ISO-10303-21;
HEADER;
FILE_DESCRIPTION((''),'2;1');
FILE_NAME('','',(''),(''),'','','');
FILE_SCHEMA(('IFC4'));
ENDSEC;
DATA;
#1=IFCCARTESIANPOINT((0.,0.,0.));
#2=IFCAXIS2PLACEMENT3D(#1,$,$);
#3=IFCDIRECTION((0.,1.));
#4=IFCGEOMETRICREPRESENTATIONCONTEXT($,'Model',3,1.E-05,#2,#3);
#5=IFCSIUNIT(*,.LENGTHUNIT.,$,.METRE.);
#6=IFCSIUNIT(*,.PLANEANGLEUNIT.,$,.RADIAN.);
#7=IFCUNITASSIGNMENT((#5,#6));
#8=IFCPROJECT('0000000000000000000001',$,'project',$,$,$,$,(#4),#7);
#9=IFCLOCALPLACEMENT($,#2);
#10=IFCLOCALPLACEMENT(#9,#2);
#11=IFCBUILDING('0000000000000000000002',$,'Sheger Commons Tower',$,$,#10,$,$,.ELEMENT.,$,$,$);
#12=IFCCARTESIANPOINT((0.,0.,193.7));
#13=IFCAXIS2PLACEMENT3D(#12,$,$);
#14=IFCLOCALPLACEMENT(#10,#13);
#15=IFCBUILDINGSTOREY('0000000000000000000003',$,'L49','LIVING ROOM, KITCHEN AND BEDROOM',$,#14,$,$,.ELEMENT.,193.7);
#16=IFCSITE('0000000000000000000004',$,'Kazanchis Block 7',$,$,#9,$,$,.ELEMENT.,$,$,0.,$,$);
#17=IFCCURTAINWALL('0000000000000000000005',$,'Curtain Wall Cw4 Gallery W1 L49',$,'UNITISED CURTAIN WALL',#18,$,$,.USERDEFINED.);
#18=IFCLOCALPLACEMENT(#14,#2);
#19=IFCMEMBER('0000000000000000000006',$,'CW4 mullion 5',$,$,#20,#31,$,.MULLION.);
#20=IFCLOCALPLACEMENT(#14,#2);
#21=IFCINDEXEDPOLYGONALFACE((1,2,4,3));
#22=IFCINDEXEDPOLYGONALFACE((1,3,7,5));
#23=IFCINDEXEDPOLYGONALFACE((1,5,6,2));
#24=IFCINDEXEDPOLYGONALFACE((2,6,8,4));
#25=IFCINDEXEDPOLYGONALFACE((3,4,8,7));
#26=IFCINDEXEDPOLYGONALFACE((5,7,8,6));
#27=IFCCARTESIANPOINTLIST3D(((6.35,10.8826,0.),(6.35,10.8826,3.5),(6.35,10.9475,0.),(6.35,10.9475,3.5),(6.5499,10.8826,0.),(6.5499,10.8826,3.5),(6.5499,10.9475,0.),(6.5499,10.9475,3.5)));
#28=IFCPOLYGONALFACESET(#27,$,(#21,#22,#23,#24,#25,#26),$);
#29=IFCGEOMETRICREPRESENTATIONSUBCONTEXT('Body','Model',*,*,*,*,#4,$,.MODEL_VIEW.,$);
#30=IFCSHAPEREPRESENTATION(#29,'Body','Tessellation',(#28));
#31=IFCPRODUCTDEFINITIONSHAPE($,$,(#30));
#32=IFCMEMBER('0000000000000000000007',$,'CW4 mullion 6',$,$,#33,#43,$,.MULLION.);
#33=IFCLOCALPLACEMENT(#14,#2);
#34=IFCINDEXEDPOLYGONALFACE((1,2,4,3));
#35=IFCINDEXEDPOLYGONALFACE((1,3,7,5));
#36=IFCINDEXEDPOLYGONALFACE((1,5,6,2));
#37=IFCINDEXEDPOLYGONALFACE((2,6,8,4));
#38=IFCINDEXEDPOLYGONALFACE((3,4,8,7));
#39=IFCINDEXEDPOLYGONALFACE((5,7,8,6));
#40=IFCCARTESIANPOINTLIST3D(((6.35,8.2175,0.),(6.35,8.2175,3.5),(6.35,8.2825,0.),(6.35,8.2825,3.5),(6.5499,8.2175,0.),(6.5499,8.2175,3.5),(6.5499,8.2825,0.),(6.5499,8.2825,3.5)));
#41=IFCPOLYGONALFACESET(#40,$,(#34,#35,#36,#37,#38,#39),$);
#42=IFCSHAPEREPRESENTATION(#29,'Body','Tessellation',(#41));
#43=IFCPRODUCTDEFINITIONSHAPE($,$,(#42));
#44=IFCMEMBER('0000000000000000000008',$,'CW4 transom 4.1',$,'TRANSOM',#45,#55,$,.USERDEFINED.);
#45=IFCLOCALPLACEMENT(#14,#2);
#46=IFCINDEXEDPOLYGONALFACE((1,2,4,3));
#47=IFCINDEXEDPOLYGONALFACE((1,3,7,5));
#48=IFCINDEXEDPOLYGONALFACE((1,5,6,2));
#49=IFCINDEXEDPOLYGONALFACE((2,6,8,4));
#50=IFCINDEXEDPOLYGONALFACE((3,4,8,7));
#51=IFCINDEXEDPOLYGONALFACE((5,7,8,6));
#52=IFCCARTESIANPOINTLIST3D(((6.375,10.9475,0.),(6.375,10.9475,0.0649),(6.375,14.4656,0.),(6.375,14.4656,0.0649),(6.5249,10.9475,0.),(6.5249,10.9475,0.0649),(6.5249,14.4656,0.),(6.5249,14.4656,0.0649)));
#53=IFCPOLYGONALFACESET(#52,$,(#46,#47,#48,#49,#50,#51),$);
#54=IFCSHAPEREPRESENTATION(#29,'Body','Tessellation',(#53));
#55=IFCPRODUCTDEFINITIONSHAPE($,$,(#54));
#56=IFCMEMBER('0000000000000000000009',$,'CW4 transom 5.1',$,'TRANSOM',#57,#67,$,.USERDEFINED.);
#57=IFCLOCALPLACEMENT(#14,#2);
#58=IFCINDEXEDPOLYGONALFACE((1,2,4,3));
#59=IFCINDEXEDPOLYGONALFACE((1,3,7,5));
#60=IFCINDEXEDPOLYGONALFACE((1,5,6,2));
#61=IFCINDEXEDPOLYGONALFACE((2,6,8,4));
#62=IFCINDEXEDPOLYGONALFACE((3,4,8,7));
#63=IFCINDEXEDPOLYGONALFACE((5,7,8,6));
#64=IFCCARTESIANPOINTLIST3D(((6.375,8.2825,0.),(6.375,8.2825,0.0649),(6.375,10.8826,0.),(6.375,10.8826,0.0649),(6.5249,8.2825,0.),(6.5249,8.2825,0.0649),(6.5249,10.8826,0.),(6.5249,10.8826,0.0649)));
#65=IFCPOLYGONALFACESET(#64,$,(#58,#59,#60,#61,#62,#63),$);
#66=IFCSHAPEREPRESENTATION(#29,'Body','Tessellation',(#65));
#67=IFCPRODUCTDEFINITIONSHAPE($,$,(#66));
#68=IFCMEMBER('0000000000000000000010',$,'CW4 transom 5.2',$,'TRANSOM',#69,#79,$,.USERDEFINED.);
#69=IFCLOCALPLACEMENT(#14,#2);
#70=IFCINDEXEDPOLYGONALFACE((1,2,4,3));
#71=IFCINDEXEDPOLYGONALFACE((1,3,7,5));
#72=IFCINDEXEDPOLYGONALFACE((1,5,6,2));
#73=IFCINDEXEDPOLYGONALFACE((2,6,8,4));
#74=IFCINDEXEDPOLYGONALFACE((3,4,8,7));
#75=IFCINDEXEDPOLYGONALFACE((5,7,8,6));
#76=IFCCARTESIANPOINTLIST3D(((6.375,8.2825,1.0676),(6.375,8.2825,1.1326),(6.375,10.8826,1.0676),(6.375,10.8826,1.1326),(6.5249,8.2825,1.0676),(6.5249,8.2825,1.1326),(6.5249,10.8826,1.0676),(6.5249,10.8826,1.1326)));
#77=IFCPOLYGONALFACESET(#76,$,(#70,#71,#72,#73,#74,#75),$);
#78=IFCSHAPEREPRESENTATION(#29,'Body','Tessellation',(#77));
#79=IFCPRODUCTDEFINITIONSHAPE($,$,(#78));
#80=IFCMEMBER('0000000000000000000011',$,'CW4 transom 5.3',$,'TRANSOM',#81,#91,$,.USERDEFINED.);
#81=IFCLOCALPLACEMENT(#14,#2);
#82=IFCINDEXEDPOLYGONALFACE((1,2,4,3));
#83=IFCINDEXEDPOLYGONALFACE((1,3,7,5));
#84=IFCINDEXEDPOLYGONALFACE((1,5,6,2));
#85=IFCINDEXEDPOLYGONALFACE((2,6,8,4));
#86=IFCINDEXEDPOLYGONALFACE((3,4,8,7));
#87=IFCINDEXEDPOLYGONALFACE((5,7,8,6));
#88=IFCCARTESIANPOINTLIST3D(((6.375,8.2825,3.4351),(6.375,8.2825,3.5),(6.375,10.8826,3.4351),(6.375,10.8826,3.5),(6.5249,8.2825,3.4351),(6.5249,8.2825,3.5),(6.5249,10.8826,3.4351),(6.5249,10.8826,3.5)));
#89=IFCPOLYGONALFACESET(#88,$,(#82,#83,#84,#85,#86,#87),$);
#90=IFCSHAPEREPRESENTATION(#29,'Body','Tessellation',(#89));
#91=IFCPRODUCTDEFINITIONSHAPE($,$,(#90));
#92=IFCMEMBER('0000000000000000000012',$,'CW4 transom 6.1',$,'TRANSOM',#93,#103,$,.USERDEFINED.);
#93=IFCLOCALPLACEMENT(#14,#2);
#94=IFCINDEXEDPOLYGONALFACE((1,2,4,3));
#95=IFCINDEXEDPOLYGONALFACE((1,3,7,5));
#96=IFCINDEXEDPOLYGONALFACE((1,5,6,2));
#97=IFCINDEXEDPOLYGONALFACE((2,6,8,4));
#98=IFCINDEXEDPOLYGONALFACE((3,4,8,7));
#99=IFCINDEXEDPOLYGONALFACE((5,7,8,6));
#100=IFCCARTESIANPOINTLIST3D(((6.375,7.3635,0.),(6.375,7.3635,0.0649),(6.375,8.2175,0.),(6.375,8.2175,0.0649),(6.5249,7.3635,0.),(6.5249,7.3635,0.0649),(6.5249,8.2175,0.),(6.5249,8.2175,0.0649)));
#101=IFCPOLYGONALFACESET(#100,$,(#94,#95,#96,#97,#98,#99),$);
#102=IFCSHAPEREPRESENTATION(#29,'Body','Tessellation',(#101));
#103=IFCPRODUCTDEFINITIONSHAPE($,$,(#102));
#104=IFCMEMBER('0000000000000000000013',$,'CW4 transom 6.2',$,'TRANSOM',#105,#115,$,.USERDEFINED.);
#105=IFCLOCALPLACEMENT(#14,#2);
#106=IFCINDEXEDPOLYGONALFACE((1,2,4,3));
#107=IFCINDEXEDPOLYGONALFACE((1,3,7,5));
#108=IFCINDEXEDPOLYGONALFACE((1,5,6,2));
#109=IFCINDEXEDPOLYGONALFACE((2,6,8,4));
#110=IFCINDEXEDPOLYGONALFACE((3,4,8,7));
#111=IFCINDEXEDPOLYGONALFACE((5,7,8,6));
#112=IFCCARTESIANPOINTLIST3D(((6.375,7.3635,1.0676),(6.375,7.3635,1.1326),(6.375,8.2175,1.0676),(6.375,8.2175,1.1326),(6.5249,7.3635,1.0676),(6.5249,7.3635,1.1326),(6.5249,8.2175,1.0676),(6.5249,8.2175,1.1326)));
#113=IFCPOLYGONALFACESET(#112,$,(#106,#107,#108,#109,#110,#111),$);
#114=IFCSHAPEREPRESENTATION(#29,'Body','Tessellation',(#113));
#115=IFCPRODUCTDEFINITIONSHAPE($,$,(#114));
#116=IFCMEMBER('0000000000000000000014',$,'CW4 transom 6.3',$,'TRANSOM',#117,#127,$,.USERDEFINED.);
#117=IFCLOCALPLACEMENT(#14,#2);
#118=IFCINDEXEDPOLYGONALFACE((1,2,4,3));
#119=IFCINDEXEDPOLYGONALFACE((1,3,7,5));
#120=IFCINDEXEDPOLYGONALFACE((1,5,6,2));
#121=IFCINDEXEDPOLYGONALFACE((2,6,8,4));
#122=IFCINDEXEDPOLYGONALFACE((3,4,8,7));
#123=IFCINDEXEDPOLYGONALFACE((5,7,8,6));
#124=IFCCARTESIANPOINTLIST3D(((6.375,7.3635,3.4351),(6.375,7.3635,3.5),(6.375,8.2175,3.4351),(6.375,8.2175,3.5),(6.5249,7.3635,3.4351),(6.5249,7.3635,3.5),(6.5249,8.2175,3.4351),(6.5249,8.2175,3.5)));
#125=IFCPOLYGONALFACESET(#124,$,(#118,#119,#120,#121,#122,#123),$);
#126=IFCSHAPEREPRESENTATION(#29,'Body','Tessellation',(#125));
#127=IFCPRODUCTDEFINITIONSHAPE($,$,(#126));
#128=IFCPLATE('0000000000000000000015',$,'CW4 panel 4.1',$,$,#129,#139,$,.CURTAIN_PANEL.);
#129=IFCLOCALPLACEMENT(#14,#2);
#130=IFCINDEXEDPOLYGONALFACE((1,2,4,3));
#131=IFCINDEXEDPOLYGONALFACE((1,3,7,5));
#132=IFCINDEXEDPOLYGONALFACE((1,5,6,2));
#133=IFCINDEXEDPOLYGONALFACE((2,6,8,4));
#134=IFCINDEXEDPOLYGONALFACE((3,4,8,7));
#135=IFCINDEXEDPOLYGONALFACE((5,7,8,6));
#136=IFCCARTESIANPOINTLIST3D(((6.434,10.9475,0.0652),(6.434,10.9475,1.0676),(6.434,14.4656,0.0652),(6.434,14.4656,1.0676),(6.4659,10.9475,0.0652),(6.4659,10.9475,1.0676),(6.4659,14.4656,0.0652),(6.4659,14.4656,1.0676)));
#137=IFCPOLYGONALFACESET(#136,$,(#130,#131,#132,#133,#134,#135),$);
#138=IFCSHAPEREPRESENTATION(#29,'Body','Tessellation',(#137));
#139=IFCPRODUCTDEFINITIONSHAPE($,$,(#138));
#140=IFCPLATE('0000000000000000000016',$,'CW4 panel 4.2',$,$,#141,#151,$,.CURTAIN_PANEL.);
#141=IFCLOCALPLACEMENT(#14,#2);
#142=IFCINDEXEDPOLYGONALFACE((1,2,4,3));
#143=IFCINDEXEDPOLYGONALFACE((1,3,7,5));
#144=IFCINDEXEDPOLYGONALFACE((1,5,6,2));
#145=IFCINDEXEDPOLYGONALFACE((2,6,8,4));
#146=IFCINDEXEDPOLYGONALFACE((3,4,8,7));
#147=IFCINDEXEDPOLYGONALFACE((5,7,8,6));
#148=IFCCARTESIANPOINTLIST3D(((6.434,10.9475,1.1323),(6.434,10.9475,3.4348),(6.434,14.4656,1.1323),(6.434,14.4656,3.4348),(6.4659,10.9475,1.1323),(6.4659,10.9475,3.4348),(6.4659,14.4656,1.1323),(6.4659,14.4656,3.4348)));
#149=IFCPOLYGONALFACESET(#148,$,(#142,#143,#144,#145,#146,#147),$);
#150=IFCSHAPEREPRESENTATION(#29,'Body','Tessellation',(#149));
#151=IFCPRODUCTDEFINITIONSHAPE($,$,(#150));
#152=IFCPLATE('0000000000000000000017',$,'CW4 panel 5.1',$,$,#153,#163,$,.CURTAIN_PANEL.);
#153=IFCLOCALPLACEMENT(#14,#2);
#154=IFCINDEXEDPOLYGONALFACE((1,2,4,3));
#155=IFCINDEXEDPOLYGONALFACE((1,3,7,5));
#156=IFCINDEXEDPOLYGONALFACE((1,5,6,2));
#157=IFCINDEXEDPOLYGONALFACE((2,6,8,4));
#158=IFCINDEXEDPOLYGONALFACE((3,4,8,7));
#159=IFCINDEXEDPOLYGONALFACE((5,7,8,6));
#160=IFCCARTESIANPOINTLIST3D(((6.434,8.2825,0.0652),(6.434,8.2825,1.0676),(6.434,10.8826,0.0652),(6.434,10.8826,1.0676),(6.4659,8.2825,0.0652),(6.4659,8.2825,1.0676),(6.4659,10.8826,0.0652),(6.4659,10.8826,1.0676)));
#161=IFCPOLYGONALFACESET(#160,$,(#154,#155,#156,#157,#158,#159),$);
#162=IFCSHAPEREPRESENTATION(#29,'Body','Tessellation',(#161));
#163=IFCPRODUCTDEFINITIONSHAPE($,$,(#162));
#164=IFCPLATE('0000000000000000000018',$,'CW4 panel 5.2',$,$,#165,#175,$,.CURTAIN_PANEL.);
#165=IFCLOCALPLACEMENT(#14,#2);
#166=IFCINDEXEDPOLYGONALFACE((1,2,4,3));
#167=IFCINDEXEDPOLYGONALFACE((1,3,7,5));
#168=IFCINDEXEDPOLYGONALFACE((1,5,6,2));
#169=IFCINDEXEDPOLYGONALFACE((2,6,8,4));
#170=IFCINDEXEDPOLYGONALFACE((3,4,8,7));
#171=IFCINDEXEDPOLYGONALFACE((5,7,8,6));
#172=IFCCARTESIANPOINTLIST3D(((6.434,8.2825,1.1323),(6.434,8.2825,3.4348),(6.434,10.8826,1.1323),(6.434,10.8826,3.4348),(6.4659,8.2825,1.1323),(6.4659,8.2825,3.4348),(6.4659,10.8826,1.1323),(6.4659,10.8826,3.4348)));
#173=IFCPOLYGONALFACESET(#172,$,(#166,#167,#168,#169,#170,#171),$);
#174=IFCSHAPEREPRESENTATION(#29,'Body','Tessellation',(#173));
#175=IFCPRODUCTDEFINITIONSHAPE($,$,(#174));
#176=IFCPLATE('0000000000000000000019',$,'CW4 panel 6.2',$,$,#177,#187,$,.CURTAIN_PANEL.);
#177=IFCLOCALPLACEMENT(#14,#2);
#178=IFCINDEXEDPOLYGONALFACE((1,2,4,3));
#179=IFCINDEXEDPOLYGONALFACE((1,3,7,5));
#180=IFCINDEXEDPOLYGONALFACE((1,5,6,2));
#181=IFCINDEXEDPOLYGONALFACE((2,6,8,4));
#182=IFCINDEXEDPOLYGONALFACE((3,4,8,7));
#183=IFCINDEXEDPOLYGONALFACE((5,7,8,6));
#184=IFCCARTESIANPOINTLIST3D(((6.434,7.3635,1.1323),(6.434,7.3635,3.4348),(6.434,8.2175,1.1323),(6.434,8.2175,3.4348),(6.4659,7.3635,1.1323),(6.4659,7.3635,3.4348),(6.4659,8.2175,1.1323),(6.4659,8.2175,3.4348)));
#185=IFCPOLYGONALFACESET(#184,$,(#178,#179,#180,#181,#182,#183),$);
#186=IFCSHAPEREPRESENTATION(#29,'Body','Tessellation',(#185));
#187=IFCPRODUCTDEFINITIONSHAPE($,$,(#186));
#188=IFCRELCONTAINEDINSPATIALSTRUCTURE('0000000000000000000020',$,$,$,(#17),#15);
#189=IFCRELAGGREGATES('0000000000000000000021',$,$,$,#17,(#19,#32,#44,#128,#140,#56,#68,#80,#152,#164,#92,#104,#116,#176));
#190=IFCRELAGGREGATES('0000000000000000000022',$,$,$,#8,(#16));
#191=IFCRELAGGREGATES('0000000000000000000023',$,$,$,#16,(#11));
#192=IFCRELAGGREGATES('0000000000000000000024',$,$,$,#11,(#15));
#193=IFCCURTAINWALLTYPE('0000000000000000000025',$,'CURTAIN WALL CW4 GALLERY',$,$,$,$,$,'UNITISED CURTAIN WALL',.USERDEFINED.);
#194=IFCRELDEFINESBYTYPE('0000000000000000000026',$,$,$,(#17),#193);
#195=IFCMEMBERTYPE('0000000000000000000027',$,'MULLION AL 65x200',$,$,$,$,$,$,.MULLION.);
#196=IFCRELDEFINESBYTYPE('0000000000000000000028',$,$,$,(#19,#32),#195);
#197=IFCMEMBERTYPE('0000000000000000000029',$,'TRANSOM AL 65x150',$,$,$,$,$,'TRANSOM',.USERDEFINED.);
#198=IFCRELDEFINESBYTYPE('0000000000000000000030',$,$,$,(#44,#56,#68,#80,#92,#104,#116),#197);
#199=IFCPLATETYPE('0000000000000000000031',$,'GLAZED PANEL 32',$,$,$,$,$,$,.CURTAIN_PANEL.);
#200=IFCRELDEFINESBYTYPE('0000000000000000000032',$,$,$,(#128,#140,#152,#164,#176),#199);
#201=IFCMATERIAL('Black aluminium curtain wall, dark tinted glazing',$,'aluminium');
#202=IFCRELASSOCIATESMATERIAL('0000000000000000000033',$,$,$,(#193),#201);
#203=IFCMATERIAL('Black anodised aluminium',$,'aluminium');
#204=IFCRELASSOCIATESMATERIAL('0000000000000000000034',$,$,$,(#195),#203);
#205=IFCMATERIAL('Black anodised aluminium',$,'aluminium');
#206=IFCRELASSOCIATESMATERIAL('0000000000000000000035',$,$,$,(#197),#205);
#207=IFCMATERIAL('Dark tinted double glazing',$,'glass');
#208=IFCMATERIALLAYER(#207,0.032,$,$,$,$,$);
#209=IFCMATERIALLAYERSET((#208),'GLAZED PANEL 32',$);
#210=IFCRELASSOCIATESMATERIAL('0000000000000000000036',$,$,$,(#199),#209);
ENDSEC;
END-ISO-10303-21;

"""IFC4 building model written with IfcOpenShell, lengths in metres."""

from ifc_helpers import new_model, si_unit, direction, frame, origin, origin_2d, place, context, subcontext, project, spatial, rectangle, extrude, material, layer, layer_set, material_profile, profile_set, type_object, element, aggregate, save


model = new_model("IFC4")

# Units and contexts
model_context = context("Model", 3, precision=1e-05, world=origin(), true_north=direction((0.0, 1.0)))
body_context = subcontext(model_context, "Body", "Model", "MODEL_VIEW")
ifc_project = project(units=[si_unit("LENGTHUNIT", "METRE"), si_unit("PLANEANGLEUNIT", "RADIAN")], contexts=[model_context])

# Site, building, storey
site_placement = place(None, origin())
site = spatial("IfcSite", under=ifc_project, at=site_placement, Name="Kazanchis Block 7", CompositionType="ELEMENT", RefElevation=0.0)
building_placement = place(site_placement, origin())
building = spatial("IfcBuilding", under=site, at=building_placement, Name="Sheger Commons Tower", CompositionType="ELEMENT")
storey_placement = place(building_placement, frame((0.0, 0.0, 193.7)))
storey = spatial("IfcBuildingStorey", under=building, at=storey_placement, Name="L49", Description="LIVING ROOM, KITCHEN AND BEDROOM", CompositionType="ELEMENT", Elevation=193.7)

# Curtain wall, members, plates
ifc_material_1 = material(Name="Black aluminium curtain wall, dark tinted glazing", Category="aluminium")
curtain_wall_type = type_object("IfcCurtainWallType", Name="CURTAIN WALL CW4 GALLERY", ElementType="UNITISED CURTAIN WALL", PredefinedType="USERDEFINED", material=ifc_material_1)
curtain_wall_placement = place(storey_placement, origin())
curtain_wall = element("IfcCurtainWall", 1, at=curtain_wall_placement, inside=storey, type_object=curtain_wall_type, Name="Curtain Wall Cw4 Gallery W1 L49", ObjectType="UNITISED CURTAIN WALL", PredefinedType="USERDEFINED")
ifc_material_2 = material(Name="Black anodised aluminium", Category="aluminium")
ifc_material_profile_1 = material_profile(ifc_material_2, rectangle(XDim=0.2, YDim=0.0649, at=origin_2d()), Name="AL 65x200")
ifc_profile_set_1 = profile_set([ifc_material_profile_1], Name="Black anodised aluminium")
member_type_1 = type_object("IfcMemberType", Name="MULLION AL 65x200", PredefinedType="MULLION", material=ifc_profile_set_1)
member_1_placement = place(storey_placement, frame((6.45, 10.915, 0.0), z_axis=(0.0, 0.0, 1.0), x_axis=(1.0, 0.0, 0.0)))
member_1 = element("IfcMember", 2, at=member_1_placement, type_object=member_type_1, Name="CW4 mullion 5", PredefinedType="MULLION", context=body_context, shape_type="SweptSolid", body=[
    extrude(rectangle(XDim=0.2, YDim=0.0649, at=origin_2d()), origin(), (0.0, 0.0, 1.0), 3.5),
])
member_2_placement = place(storey_placement, frame((6.45, 8.25, 0.0), z_axis=(0.0, 0.0, 1.0), x_axis=(1.0, 0.0, 0.0)))
member_2 = element("IfcMember", 3, at=member_2_placement, type_object=member_type_1, Name="CW4 mullion 6", PredefinedType="MULLION", context=body_context, shape_type="SweptSolid", body=[
    extrude(rectangle(XDim=0.2, YDim=0.0649, at=origin_2d()), origin(), (0.0, 0.0, 1.0), 3.5),
])
ifc_material_3 = material(Name="Black anodised aluminium", Category="aluminium")
ifc_material_profile_2 = material_profile(ifc_material_3, rectangle(XDim=0.1499, YDim=0.0649, at=origin_2d()), Name="AL 65x150")
ifc_profile_set_2 = profile_set([ifc_material_profile_2], Name="Black anodised aluminium")
member_type_2 = type_object("IfcMemberType", Name="TRANSOM AL 65x150", ElementType="TRANSOM", PredefinedType="USERDEFINED", material=ifc_profile_set_2)
member_3_placement = place(storey_placement, frame((6.45, 14.4656, 0.0325), z_axis=(0.0, -1.0, 0.0), x_axis=(1.0, 0.0, 0.0)))
member_3 = element("IfcMember", 4, at=member_3_placement, type_object=member_type_2, Name="CW4 transom 4.1", ObjectType="TRANSOM", PredefinedType="USERDEFINED", context=body_context, shape_type="SweptSolid", body=[
    extrude(rectangle(XDim=0.1499, YDim=0.0649, at=origin_2d()), origin(), (0.0, 0.0, 1.0), 3.5181),
])
member_4_placement = place(storey_placement, frame((6.45, 10.8826, 0.0325), z_axis=(0.0, -1.0, 0.0), x_axis=(1.0, 0.0, 0.0)))
member_4 = element("IfcMember", 5, at=member_4_placement, type_object=member_type_2, Name="CW4 transom 5.1", ObjectType="TRANSOM", PredefinedType="USERDEFINED", context=body_context, shape_type="SweptSolid", body=[
    extrude(rectangle(XDim=0.1499, YDim=0.0649, at=origin_2d()), origin(), (0.0, 0.0, 1.0), 2.6001),
])
member_5_placement = place(storey_placement, frame((6.45, 10.8826, 1.1001), z_axis=(0.0, -1.0, 0.0), x_axis=(1.0, 0.0, 0.0)))
member_5 = element("IfcMember", 6, at=member_5_placement, type_object=member_type_2, Name="CW4 transom 5.2", ObjectType="TRANSOM", PredefinedType="USERDEFINED", context=body_context, shape_type="SweptSolid", body=[
    extrude(rectangle(XDim=0.1499, YDim=0.0649, at=origin_2d()), origin(), (0.0, 0.0, 1.0), 2.6001),
])
member_6_placement = place(storey_placement, frame((6.45, 10.8826, 3.4675), z_axis=(0.0, -1.0, 0.0), x_axis=(1.0, 0.0, 0.0)))
member_6 = element("IfcMember", 7, at=member_6_placement, type_object=member_type_2, Name="CW4 transom 5.3", ObjectType="TRANSOM", PredefinedType="USERDEFINED", context=body_context, shape_type="SweptSolid", body=[
    extrude(rectangle(XDim=0.1499, YDim=0.0649, at=origin_2d()), origin(), (0.0, 0.0, 1.0), 2.6001),
])
member_7_placement = place(storey_placement, frame((6.45, 8.2175, 0.0325), z_axis=(0.0, -1.0, 0.0), x_axis=(1.0, 0.0, 0.0)))
member_7 = element("IfcMember", 8, at=member_7_placement, type_object=member_type_2, Name="CW4 transom 6.1", ObjectType="TRANSOM", PredefinedType="USERDEFINED", context=body_context, shape_type="SweptSolid", body=[
    extrude(rectangle(XDim=0.1499, YDim=0.0649, at=origin_2d()), origin(), (0.0, 0.0, 1.0), 0.854),
])
member_8_placement = place(storey_placement, frame((6.45, 8.2175, 1.1001), z_axis=(0.0, -1.0, 0.0), x_axis=(1.0, 0.0, 0.0)))
member_8 = element("IfcMember", 9, at=member_8_placement, type_object=member_type_2, Name="CW4 transom 6.2", ObjectType="TRANSOM", PredefinedType="USERDEFINED", context=body_context, shape_type="SweptSolid", body=[
    extrude(rectangle(XDim=0.1499, YDim=0.0649, at=origin_2d()), origin(), (0.0, 0.0, 1.0), 0.854),
])
member_9_placement = place(storey_placement, frame((6.45, 8.2175, 3.4675), z_axis=(0.0, -1.0, 0.0), x_axis=(1.0, 0.0, 0.0)))
member_9 = element("IfcMember", 10, at=member_9_placement, type_object=member_type_2, Name="CW4 transom 6.3", ObjectType="TRANSOM", PredefinedType="USERDEFINED", context=body_context, shape_type="SweptSolid", body=[
    extrude(rectangle(XDim=0.1499, YDim=0.0649, at=origin_2d()), origin(), (0.0, 0.0, 1.0), 0.854),
])
ifc_material_4 = material(Name="Dark tinted double glazing", Category="glass")
ifc_layer = layer(ifc_material_4, 0.032)
ifc_layer_set = layer_set([ifc_layer], Name="GLAZED PANEL 32")
plate_type = type_object("IfcPlateType", Name="GLAZED PANEL 32", PredefinedType="CURTAIN_PANEL", material=ifc_layer_set)
plate_1_placement = place(storey_placement, frame((6.45, 12.7065, 0.0652), z_axis=(0.0, 0.0, 1.0), x_axis=(0.0, -1.0, 0.0)))
plate_1 = element("IfcPlate", 11, at=plate_1_placement, type_object=plate_type, Name="CW4 panel 4.1", PredefinedType="CURTAIN_PANEL", context=body_context, shape_type="SweptSolid", body=[
    extrude(rectangle(XDim=3.5181, YDim=0.032, at=origin_2d()), origin(), (0.0, 0.0, 1.0), 1.0024),
])
plate_2_placement = place(storey_placement, frame((6.45, 12.7065, 1.1323), z_axis=(0.0, 0.0, 1.0), x_axis=(0.0, -1.0, 0.0)))
plate_2 = element("IfcPlate", 12, at=plate_2_placement, type_object=plate_type, Name="CW4 panel 4.2", PredefinedType="CURTAIN_PANEL", context=body_context, shape_type="SweptSolid", body=[
    extrude(rectangle(XDim=3.5181, YDim=0.032, at=origin_2d()), origin(), (0.0, 0.0, 1.0), 2.3025),
])
plate_3_placement = place(storey_placement, frame((6.45, 9.5825, 0.0652), z_axis=(0.0, 0.0, 1.0), x_axis=(0.0, -1.0, 0.0)))
plate_3 = element("IfcPlate", 13, at=plate_3_placement, type_object=plate_type, Name="CW4 panel 5.1", PredefinedType="CURTAIN_PANEL", context=body_context, shape_type="SweptSolid", body=[
    extrude(rectangle(XDim=2.6001, YDim=0.032, at=origin_2d()), origin(), (0.0, 0.0, 1.0), 1.0024),
])
plate_4_placement = place(storey_placement, frame((6.45, 9.5825, 1.1323), z_axis=(0.0, 0.0, 1.0), x_axis=(0.0, -1.0, 0.0)))
plate_4 = element("IfcPlate", 14, at=plate_4_placement, type_object=plate_type, Name="CW4 panel 5.2", PredefinedType="CURTAIN_PANEL", context=body_context, shape_type="SweptSolid", body=[
    extrude(rectangle(XDim=2.6001, YDim=0.032, at=origin_2d()), origin(), (0.0, 0.0, 1.0), 2.3025),
])
plate_5_placement = place(storey_placement, frame((6.45, 7.7905, 1.1323), z_axis=(0.0, 0.0, 1.0), x_axis=(0.0, -1.0, 0.0)))
plate_5 = element("IfcPlate", 15, at=plate_5_placement, type_object=plate_type, Name="CW4 panel 6.2", PredefinedType="CURTAIN_PANEL", context=body_context, shape_type="SweptSolid", body=[
    extrude(rectangle(XDim=0.854, YDim=0.032, at=origin_2d()), origin(), (0.0, 0.0, 1.0), 2.3025),
])
aggregate(curtain_wall, [member_1, member_2, member_3, plate_1, plate_2, member_4, member_5, member_6, plate_3, plate_4, member_7, member_8, member_9, plate_5])

save(model, "model.ifc")
